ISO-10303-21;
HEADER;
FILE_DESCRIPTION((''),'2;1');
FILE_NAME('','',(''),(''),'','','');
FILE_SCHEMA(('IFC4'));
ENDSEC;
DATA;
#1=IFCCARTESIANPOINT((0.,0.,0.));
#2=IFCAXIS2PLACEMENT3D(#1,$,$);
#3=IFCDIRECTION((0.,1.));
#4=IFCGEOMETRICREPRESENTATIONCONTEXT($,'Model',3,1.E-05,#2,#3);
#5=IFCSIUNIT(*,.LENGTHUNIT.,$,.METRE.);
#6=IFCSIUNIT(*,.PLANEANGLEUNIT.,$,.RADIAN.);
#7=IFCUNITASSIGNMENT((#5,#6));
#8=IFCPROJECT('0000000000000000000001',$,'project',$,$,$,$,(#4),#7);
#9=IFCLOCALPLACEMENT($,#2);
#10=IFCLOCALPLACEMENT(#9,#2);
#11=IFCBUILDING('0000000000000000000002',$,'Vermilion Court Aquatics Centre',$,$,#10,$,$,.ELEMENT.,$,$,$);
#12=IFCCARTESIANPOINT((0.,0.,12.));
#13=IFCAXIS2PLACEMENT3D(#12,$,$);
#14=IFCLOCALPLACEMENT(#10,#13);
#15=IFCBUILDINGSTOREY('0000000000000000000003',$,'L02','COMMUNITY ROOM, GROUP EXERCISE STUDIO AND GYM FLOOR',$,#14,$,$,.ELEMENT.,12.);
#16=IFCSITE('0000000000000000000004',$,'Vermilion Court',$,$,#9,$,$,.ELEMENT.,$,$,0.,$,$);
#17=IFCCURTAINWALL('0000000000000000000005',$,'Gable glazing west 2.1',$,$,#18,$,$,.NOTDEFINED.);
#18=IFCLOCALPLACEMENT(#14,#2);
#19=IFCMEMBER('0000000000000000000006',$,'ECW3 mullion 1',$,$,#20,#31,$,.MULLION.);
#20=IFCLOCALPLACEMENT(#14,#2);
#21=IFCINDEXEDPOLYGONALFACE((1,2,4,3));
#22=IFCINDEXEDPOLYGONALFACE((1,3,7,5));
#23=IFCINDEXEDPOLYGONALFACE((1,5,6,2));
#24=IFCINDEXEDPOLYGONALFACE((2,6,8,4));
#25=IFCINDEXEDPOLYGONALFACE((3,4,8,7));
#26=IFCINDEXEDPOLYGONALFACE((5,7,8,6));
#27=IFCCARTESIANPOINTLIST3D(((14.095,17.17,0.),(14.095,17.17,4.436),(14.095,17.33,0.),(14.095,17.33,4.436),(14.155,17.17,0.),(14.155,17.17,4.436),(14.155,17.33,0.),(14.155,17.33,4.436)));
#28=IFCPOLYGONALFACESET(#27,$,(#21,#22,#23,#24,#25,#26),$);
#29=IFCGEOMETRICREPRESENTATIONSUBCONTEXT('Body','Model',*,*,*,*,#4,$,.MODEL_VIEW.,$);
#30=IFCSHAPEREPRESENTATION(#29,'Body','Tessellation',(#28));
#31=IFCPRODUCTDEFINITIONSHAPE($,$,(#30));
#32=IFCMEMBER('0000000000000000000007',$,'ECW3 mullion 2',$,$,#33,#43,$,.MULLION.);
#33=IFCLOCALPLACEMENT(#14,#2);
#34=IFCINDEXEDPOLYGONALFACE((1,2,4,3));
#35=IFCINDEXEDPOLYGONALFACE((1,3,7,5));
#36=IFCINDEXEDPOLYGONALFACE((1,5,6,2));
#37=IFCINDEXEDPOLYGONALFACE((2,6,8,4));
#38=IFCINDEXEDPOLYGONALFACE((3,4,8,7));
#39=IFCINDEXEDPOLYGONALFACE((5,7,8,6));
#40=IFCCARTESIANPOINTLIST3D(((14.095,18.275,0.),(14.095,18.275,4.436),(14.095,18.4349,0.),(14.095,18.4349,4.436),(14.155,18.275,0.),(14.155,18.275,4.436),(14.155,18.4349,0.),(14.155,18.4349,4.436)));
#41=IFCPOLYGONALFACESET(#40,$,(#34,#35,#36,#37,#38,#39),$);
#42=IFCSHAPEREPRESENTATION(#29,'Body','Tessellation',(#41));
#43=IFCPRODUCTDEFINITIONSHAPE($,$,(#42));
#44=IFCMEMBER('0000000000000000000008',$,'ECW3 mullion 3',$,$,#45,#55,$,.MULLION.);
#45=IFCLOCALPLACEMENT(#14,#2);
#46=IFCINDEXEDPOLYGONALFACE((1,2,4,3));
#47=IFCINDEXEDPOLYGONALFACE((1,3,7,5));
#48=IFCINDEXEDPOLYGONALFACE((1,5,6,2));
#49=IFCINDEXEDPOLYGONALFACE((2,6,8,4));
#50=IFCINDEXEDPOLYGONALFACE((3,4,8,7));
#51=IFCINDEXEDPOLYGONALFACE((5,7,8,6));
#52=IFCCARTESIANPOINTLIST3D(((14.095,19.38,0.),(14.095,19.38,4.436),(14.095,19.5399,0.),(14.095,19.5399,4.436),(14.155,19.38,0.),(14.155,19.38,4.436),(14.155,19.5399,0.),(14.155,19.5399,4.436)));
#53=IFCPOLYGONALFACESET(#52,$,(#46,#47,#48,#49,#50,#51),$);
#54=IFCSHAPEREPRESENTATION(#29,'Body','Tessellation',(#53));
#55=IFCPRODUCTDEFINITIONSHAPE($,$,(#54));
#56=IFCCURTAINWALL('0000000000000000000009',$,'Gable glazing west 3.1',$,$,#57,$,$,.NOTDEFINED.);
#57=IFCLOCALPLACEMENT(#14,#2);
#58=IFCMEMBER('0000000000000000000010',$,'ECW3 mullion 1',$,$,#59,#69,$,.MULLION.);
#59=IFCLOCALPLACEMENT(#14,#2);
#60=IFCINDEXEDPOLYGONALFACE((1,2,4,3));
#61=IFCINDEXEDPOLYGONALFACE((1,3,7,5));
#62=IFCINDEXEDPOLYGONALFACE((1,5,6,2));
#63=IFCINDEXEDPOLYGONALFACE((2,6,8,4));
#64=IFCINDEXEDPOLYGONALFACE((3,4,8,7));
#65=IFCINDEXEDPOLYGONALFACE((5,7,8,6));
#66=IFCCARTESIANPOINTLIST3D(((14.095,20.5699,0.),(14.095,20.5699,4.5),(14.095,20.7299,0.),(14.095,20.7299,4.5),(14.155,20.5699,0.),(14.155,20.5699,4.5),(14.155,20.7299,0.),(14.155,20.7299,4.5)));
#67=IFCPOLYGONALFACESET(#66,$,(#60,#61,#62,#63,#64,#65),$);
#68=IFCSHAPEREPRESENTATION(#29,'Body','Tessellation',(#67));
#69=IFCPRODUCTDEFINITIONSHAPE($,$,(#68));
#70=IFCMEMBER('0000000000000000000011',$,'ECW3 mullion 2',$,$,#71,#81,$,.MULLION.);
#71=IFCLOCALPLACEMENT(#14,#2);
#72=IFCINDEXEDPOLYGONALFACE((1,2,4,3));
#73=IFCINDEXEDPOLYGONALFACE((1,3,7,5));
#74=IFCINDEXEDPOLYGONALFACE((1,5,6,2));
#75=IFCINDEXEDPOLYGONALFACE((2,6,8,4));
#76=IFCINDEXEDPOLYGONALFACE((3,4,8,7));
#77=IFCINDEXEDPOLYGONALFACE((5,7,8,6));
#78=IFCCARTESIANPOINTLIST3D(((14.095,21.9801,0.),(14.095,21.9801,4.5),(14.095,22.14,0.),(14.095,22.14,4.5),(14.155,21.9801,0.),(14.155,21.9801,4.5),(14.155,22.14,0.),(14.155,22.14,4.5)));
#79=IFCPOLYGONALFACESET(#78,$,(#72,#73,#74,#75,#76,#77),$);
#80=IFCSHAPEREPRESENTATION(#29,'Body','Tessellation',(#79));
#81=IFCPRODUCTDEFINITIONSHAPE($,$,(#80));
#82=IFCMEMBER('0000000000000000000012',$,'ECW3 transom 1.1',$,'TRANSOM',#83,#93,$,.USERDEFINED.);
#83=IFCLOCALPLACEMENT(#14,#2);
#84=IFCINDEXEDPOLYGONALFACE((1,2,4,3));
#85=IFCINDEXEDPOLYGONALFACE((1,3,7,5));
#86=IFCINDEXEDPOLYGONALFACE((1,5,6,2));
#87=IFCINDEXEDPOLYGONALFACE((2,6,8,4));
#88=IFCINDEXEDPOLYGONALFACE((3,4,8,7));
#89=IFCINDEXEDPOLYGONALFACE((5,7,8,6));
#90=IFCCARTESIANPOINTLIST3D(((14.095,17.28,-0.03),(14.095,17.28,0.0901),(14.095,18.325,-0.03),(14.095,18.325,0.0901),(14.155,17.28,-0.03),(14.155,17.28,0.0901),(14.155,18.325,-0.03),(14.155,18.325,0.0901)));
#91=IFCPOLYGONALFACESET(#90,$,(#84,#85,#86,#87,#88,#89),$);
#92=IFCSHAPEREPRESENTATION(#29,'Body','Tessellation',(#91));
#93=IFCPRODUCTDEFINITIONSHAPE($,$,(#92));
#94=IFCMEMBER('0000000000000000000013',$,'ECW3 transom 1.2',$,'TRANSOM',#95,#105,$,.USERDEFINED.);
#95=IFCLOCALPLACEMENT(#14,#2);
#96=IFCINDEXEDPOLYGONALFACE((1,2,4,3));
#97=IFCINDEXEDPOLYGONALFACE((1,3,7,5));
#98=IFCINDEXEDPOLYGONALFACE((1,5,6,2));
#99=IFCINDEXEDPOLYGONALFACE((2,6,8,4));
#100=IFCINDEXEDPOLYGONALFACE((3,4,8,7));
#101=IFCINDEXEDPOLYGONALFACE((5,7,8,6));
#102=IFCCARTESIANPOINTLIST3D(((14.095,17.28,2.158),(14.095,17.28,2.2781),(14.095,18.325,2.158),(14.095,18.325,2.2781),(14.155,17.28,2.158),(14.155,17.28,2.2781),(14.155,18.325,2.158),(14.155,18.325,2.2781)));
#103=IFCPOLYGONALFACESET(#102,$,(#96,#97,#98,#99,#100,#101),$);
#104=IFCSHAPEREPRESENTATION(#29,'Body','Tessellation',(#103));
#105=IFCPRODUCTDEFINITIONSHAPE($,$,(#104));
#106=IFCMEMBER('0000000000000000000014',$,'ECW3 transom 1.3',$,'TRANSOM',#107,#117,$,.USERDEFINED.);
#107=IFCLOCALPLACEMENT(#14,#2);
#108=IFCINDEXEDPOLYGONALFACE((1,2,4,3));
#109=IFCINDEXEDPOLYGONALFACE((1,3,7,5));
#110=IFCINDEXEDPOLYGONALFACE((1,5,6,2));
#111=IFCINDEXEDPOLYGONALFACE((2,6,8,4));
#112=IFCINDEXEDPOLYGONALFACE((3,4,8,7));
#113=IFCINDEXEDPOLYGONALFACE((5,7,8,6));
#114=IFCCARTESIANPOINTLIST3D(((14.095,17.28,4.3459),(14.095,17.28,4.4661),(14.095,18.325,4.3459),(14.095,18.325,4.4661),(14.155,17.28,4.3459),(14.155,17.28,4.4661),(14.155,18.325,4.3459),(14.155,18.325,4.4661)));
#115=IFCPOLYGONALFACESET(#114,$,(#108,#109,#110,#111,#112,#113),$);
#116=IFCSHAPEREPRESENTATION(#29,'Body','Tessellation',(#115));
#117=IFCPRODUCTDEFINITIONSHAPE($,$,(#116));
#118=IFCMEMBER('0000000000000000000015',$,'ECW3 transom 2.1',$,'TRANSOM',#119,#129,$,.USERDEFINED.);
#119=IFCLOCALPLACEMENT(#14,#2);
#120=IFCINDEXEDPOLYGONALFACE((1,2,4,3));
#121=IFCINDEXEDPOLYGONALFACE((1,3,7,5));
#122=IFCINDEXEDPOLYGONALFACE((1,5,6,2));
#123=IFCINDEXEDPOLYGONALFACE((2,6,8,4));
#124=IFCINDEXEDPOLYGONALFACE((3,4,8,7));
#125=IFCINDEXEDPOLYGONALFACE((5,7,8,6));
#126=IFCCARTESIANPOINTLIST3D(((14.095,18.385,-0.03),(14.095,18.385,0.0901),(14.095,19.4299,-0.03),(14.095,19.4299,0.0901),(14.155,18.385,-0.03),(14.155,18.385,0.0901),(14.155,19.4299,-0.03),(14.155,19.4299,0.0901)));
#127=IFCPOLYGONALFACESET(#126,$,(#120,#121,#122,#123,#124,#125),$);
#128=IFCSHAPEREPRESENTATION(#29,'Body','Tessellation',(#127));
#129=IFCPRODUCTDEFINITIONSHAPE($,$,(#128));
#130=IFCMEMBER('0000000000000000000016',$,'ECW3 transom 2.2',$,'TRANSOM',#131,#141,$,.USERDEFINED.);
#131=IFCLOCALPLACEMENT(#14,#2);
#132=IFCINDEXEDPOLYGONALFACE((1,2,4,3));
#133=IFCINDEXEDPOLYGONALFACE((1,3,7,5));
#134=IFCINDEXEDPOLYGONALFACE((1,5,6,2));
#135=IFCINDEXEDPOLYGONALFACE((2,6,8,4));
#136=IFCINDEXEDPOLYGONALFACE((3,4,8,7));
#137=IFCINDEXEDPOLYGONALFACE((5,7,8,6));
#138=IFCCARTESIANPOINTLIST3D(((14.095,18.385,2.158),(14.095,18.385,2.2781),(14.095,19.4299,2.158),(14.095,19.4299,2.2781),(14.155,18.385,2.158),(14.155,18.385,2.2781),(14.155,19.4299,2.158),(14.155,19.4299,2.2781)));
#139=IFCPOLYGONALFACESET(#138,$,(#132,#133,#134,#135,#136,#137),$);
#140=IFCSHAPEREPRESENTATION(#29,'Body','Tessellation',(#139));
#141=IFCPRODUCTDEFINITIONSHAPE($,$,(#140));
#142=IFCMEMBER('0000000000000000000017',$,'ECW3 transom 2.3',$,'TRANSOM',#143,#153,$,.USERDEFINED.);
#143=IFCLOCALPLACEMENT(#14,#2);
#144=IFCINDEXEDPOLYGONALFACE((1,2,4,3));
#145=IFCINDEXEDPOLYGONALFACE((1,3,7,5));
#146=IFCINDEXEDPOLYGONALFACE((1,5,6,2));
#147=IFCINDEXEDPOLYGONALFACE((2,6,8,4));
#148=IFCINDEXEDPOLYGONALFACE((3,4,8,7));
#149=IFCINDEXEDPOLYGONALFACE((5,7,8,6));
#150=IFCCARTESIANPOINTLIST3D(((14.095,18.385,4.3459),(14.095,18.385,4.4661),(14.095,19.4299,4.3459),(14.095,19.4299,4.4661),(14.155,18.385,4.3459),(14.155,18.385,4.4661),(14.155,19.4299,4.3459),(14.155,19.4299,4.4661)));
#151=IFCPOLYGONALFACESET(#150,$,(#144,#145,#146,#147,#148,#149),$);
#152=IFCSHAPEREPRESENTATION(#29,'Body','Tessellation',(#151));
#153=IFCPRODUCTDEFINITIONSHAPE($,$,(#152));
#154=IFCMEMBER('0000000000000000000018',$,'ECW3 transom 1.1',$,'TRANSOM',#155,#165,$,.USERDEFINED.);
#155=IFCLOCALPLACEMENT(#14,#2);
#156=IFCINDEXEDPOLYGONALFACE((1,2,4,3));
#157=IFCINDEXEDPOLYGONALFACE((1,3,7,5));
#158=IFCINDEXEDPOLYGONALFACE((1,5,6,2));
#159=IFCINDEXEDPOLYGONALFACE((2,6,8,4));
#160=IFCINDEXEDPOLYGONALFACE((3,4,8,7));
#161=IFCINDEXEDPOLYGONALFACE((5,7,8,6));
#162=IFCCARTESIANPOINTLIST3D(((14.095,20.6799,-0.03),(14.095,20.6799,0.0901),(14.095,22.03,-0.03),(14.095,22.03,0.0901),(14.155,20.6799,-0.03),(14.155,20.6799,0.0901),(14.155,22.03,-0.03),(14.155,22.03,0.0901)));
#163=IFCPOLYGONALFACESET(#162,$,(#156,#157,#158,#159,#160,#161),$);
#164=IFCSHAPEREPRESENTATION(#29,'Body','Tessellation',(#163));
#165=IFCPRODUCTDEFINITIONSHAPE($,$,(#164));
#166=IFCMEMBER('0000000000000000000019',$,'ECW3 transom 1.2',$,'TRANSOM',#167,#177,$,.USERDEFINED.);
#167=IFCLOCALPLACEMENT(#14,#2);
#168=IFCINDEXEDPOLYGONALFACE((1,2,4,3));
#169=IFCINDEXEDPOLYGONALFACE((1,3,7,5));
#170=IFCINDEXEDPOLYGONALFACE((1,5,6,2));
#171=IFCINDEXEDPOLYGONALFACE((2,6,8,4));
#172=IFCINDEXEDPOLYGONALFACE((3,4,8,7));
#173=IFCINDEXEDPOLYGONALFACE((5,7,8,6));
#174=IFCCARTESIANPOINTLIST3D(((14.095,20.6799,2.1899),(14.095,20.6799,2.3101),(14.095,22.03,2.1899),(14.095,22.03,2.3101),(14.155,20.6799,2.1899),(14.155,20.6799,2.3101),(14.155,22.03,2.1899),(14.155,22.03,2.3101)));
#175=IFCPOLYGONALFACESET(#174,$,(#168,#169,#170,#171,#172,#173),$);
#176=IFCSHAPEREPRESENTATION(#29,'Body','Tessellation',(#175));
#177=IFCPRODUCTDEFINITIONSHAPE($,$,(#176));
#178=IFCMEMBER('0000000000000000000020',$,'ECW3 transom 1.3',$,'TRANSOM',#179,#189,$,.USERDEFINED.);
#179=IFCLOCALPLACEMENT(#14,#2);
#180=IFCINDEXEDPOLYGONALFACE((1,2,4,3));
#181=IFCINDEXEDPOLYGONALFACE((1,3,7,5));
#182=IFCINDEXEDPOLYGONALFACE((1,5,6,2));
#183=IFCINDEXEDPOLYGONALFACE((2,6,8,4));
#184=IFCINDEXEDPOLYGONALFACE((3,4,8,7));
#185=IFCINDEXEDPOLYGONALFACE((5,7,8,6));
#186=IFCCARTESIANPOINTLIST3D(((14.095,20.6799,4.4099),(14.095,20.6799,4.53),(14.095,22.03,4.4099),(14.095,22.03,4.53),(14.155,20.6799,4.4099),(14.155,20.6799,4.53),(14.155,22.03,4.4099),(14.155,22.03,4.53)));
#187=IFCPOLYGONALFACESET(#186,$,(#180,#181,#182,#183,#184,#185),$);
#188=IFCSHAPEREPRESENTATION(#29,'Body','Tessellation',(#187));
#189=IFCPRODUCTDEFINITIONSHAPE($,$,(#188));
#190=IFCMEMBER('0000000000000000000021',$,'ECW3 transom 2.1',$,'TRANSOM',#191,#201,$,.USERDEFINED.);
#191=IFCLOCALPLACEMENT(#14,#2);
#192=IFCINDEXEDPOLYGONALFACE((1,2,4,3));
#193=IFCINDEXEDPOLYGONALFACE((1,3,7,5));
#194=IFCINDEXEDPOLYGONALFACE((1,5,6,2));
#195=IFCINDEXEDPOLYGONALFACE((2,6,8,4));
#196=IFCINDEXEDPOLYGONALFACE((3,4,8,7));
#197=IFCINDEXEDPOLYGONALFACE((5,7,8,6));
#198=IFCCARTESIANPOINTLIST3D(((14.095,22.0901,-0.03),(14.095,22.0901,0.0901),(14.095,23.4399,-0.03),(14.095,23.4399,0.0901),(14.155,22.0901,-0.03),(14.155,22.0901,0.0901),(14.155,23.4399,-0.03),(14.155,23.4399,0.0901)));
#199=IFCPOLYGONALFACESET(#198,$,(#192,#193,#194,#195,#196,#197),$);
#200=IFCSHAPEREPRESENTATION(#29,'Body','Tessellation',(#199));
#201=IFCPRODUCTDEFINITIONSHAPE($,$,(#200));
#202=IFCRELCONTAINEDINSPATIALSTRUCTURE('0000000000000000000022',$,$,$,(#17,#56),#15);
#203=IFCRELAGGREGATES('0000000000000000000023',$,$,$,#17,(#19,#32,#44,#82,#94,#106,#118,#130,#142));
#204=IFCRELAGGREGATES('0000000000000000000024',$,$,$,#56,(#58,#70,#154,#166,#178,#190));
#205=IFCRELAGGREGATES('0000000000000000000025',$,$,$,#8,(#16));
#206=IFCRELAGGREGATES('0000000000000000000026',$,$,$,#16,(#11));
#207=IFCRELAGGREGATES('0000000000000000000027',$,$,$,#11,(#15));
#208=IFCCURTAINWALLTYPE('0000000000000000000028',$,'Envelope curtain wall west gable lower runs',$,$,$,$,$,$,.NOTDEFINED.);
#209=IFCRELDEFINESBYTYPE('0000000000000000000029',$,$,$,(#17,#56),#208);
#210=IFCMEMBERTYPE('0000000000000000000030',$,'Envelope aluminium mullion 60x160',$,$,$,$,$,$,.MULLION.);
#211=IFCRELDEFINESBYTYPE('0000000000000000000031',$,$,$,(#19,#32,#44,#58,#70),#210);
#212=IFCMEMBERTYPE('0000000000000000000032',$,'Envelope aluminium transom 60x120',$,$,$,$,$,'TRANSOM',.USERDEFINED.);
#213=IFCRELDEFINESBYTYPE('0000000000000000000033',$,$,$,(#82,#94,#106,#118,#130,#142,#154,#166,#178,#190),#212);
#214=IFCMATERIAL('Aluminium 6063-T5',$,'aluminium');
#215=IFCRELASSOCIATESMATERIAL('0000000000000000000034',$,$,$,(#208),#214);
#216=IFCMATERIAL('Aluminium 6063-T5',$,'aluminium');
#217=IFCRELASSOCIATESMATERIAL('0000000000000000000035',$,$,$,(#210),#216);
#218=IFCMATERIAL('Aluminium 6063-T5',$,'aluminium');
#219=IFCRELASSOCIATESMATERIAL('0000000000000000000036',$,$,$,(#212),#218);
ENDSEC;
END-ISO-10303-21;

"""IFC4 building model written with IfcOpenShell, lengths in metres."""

from ifc_helpers import new_model, si_unit, direction, frame, origin, origin_2d, place, context, subcontext, project, spatial, rectangle, extrude, material, material_profile, profile_set, type_object, element, aggregate, save


model = new_model("IFC4")

# Units and contexts
model_context = context("Model", 3, precision=1e-05, world=origin(), true_north=direction((0.0, 1.0)))
body_context = subcontext(model_context, "Body", "Model", "MODEL_VIEW")
ifc_project = project(units=[si_unit("LENGTHUNIT", "METRE"), si_unit("PLANEANGLEUNIT", "RADIAN")], contexts=[model_context])

# Site, building, storey
site_placement = place(None, origin())
site = spatial("IfcSite", under=ifc_project, at=site_placement, Name="Vermilion Court", CompositionType="ELEMENT", RefElevation=0.0)
building_placement = place(site_placement, origin())
building = spatial("IfcBuilding", under=site, at=building_placement, Name="Vermilion Court Aquatics Centre", CompositionType="ELEMENT")
storey_placement = place(building_placement, frame((0.0, 0.0, 12.0)))
storey = spatial("IfcBuildingStorey", under=building, at=storey_placement, Name="L02", Description="COMMUNITY ROOM, GROUP EXERCISE STUDIO AND GYM FLOOR", CompositionType="ELEMENT", Elevation=12.0)

# Curtain walls, members
ifc_material_1 = material(Name="Aluminium 6063-T5", Category="aluminium")
curtain_wall_type = type_object("IfcCurtainWallType", Name="Envelope curtain wall west gable lower runs", PredefinedType="NOTDEFINED", material=ifc_material_1)
curtain_wall_1_placement = place(storey_placement, origin())
curtain_wall_1 = element("IfcCurtainWall", 1, at=curtain_wall_1_placement, inside=storey, type_object=curtain_wall_type, Name="Gable glazing west 2.1", PredefinedType="NOTDEFINED")
ifc_material_2 = material(Name="Aluminium 6063-T5", Category="aluminium")
ifc_material_profile_1 = material_profile(ifc_material_2, rectangle(XDim=0.0601, YDim=0.1599, at=origin_2d()), Name="AL 60x160")
ifc_profile_set_1 = profile_set([ifc_material_profile_1], Name="Aluminium 6063-T5")
member_type_1 = type_object("IfcMemberType", Name="Envelope aluminium mullion 60x160", PredefinedType="MULLION", material=ifc_profile_set_1)
member_1_placement = place(storey_placement, frame((14.125, 17.25, 0.0), z_axis=(0.0, 0.0, 1.0), x_axis=(-1.0, 0.0, 0.0)))
member_1 = element("IfcMember", 2, at=member_1_placement, type_object=member_type_1, Name="ECW3 mullion 1", PredefinedType="MULLION", context=body_context, shape_type="SweptSolid", body=[
    extrude(rectangle(XDim=0.0601, YDim=0.1599, at=origin_2d()), origin(), (0.0, 0.0, 1.0), 4.436),
])
member_2_placement = place(storey_placement, frame((14.125, 18.355, 0.0), z_axis=(0.0, 0.0, 1.0), x_axis=(-1.0, 0.0, 0.0)))
member_2 = element("IfcMember", 3, at=member_2_placement, type_object=member_type_1, Name="ECW3 mullion 2", PredefinedType="MULLION", context=body_context, shape_type="SweptSolid", body=[
    extrude(rectangle(XDim=0.0601, YDim=0.1599, at=origin_2d()), origin(), (0.0, 0.0, 1.0), 4.436),
])
member_3_placement = place(storey_placement, frame((14.125, 19.46, 0.0), z_axis=(0.0, 0.0, 1.0), x_axis=(-1.0, 0.0, 0.0)))
member_3 = element("IfcMember", 4, at=member_3_placement, type_object=member_type_1, Name="ECW3 mullion 3", PredefinedType="MULLION", context=body_context, shape_type="SweptSolid", body=[
    extrude(rectangle(XDim=0.0601, YDim=0.1599, at=origin_2d()), origin(), (0.0, 0.0, 1.0), 4.436),
])
curtain_wall_2_placement = place(storey_placement, origin())
curtain_wall_2 = element("IfcCurtainWall", 5, at=curtain_wall_2_placement, inside=storey, type_object=curtain_wall_type, Name="Gable glazing west 3.1", PredefinedType="NOTDEFINED")
member_4_placement = place(storey_placement, frame((14.125, 20.6499, 0.0), z_axis=(0.0, 0.0, 1.0), x_axis=(-1.0, 0.0, 0.0)))
member_4 = element("IfcMember", 6, at=member_4_placement, type_object=member_type_1, Name="ECW3 mullion 1", PredefinedType="MULLION", context=body_context, shape_type="SweptSolid", body=[
    extrude(rectangle(XDim=0.0601, YDim=0.1599, at=origin_2d()), origin(), (0.0, 0.0, 1.0), 4.5),
])
member_5_placement = place(storey_placement, frame((14.125, 22.0601, 0.0), z_axis=(0.0, 0.0, 1.0), x_axis=(-1.0, 0.0, 0.0)))
member_5 = element("IfcMember", 7, at=member_5_placement, type_object=member_type_1, Name="ECW3 mullion 2", PredefinedType="MULLION", context=body_context, shape_type="SweptSolid", body=[
    extrude(rectangle(XDim=0.0601, YDim=0.1599, at=origin_2d()), origin(), (0.0, 0.0, 1.0), 4.5),
])

# Members
ifc_material_3 = material(Name="Aluminium 6063-T5", Category="aluminium")
ifc_material_profile_2 = material_profile(ifc_material_3, rectangle(XDim=0.0601, YDim=0.1201, at=origin_2d()), Name="AL 60x120")
ifc_profile_set_2 = profile_set([ifc_material_profile_2], Name="Aluminium 6063-T5")
member_type_2 = type_object("IfcMemberType", Name="Envelope aluminium transom 60x120", ElementType="TRANSOM", PredefinedType="USERDEFINED", material=ifc_profile_set_2)
member_6_placement = place(storey_placement, frame((14.125, 17.28, 0.03), z_axis=(0.0, 1.0, 0.0), x_axis=(-1.0, 0.0, 0.0)))
member_6 = element("IfcMember", 8, at=member_6_placement, type_object=member_type_2, Name="ECW3 transom 1.1", ObjectType="TRANSOM", PredefinedType="USERDEFINED", context=body_context, shape_type="SweptSolid", body=[
    extrude(rectangle(XDim=0.0601, YDim=0.1201, at=origin_2d()), origin(), (0.0, 0.0, 1.0), 1.0449),
])
member_7_placement = place(storey_placement, frame((14.125, 17.28, 2.218), z_axis=(0.0, 1.0, 0.0), x_axis=(-1.0, 0.0, 0.0)))
member_7 = element("IfcMember", 9, at=member_7_placement, type_object=member_type_2, Name="ECW3 transom 1.2", ObjectType="TRANSOM", PredefinedType="USERDEFINED", context=body_context, shape_type="SweptSolid", body=[
    extrude(rectangle(XDim=0.0601, YDim=0.1201, at=origin_2d()), origin(), (0.0, 0.0, 1.0), 1.0449),
])
member_8_placement = place(storey_placement, frame((14.125, 17.28, 4.406), z_axis=(0.0, 1.0, 0.0), x_axis=(-1.0, 0.0, 0.0)))
member_8 = element("IfcMember", 10, at=member_8_placement, type_object=member_type_2, Name="ECW3 transom 1.3", ObjectType="TRANSOM", PredefinedType="USERDEFINED", context=body_context, shape_type="SweptSolid", body=[
    extrude(rectangle(XDim=0.0601, YDim=0.1201, at=origin_2d()), origin(), (0.0, 0.0, 1.0), 1.0449),
])
member_9_placement = place(storey_placement, frame((14.125, 18.385, 0.03), z_axis=(0.0, 1.0, 0.0), x_axis=(-1.0, 0.0, 0.0)))
member_9 = element("IfcMember", 11, at=member_9_placement, type_object=member_type_2, Name="ECW3 transom 2.1", ObjectType="TRANSOM", PredefinedType="USERDEFINED", context=body_context, shape_type="SweptSolid", body=[
    extrude(rectangle(XDim=0.0601, YDim=0.1201, at=origin_2d()), origin(), (0.0, 0.0, 1.0), 1.0449),
])
member_10_placement = place(storey_placement, frame((14.125, 18.385, 2.218), z_axis=(0.0, 1.0, 0.0), x_axis=(-1.0, 0.0, 0.0)))
member_10 = element("IfcMember", 12, at=member_10_placement, type_object=member_type_2, Name="ECW3 transom 2.2", ObjectType="TRANSOM", PredefinedType="USERDEFINED", context=body_context, shape_type="SweptSolid", body=[
    extrude(rectangle(XDim=0.0601, YDim=0.1201, at=origin_2d()), origin(), (0.0, 0.0, 1.0), 1.0449),
])
member_11_placement = place(storey_placement, frame((14.125, 18.385, 4.406), z_axis=(0.0, 1.0, 0.0), x_axis=(-1.0, 0.0, 0.0)))
member_11 = element("IfcMember", 13, at=member_11_placement, type_object=member_type_2, Name="ECW3 transom 2.3", ObjectType="TRANSOM", PredefinedType="USERDEFINED", context=body_context, shape_type="SweptSolid", body=[
    extrude(rectangle(XDim=0.0601, YDim=0.1201, at=origin_2d()), origin(), (0.0, 0.0, 1.0), 1.0449),
])
member_12_placement = place(storey_placement, frame((14.125, 20.6799, 0.03), z_axis=(0.0, 1.0, 0.0), x_axis=(-1.0, 0.0, 0.0)))
member_12 = element("IfcMember", 14, at=member_12_placement, type_object=member_type_2, Name="ECW3 transom 1.1", ObjectType="TRANSOM", PredefinedType="USERDEFINED", context=body_context, shape_type="SweptSolid", body=[
    extrude(rectangle(XDim=0.0601, YDim=0.1201, at=origin_2d()), origin(), (0.0, 0.0, 1.0), 1.3501),
])
member_13_placement = place(storey_placement, frame((14.125, 20.6799, 2.25), z_axis=(0.0, 1.0, 0.0), x_axis=(-1.0, 0.0, 0.0)))
member_13 = element("IfcMember", 15, at=member_13_placement, type_object=member_type_2, Name="ECW3 transom 1.2", ObjectType="TRANSOM", PredefinedType="USERDEFINED", context=body_context, shape_type="SweptSolid", body=[
    extrude(rectangle(XDim=0.0601, YDim=0.1201, at=origin_2d()), origin(), (0.0, 0.0, 1.0), 1.3501),
])
member_14_placement = place(storey_placement, frame((14.125, 20.6799, 4.47), z_axis=(0.0, 1.0, 0.0), x_axis=(-1.0, 0.0, 0.0)))
member_14 = element("IfcMember", 16, at=member_14_placement, type_object=member_type_2, Name="ECW3 transom 1.3", ObjectType="TRANSOM", PredefinedType="USERDEFINED", context=body_context, shape_type="SweptSolid", body=[
    extrude(rectangle(XDim=0.0601, YDim=0.1201, at=origin_2d()), origin(), (0.0, 0.0, 1.0), 1.3501),
])
member_15_placement = place(storey_placement, frame((14.125, 22.0901, 0.03), z_axis=(0.0, 1.0, 0.0), x_axis=(-1.0, 0.0, 0.0)))
member_15 = element("IfcMember", 17, at=member_15_placement, type_object=member_type_2, Name="ECW3 transom 2.1", ObjectType="TRANSOM", PredefinedType="USERDEFINED", context=body_context, shape_type="SweptSolid", body=[
    extrude(rectangle(XDim=0.0601, YDim=0.1201, at=origin_2d()), origin(), (0.0, 0.0, 1.0), 1.3499),
])

aggregate(curtain_wall_1, [member_1, member_2, member_3, member_6, member_7, member_8, member_9, member_10, member_11])
aggregate(curtain_wall_2, [member_4, member_5, member_12, member_13, member_14, member_15])

save(model, "model.ifc")
